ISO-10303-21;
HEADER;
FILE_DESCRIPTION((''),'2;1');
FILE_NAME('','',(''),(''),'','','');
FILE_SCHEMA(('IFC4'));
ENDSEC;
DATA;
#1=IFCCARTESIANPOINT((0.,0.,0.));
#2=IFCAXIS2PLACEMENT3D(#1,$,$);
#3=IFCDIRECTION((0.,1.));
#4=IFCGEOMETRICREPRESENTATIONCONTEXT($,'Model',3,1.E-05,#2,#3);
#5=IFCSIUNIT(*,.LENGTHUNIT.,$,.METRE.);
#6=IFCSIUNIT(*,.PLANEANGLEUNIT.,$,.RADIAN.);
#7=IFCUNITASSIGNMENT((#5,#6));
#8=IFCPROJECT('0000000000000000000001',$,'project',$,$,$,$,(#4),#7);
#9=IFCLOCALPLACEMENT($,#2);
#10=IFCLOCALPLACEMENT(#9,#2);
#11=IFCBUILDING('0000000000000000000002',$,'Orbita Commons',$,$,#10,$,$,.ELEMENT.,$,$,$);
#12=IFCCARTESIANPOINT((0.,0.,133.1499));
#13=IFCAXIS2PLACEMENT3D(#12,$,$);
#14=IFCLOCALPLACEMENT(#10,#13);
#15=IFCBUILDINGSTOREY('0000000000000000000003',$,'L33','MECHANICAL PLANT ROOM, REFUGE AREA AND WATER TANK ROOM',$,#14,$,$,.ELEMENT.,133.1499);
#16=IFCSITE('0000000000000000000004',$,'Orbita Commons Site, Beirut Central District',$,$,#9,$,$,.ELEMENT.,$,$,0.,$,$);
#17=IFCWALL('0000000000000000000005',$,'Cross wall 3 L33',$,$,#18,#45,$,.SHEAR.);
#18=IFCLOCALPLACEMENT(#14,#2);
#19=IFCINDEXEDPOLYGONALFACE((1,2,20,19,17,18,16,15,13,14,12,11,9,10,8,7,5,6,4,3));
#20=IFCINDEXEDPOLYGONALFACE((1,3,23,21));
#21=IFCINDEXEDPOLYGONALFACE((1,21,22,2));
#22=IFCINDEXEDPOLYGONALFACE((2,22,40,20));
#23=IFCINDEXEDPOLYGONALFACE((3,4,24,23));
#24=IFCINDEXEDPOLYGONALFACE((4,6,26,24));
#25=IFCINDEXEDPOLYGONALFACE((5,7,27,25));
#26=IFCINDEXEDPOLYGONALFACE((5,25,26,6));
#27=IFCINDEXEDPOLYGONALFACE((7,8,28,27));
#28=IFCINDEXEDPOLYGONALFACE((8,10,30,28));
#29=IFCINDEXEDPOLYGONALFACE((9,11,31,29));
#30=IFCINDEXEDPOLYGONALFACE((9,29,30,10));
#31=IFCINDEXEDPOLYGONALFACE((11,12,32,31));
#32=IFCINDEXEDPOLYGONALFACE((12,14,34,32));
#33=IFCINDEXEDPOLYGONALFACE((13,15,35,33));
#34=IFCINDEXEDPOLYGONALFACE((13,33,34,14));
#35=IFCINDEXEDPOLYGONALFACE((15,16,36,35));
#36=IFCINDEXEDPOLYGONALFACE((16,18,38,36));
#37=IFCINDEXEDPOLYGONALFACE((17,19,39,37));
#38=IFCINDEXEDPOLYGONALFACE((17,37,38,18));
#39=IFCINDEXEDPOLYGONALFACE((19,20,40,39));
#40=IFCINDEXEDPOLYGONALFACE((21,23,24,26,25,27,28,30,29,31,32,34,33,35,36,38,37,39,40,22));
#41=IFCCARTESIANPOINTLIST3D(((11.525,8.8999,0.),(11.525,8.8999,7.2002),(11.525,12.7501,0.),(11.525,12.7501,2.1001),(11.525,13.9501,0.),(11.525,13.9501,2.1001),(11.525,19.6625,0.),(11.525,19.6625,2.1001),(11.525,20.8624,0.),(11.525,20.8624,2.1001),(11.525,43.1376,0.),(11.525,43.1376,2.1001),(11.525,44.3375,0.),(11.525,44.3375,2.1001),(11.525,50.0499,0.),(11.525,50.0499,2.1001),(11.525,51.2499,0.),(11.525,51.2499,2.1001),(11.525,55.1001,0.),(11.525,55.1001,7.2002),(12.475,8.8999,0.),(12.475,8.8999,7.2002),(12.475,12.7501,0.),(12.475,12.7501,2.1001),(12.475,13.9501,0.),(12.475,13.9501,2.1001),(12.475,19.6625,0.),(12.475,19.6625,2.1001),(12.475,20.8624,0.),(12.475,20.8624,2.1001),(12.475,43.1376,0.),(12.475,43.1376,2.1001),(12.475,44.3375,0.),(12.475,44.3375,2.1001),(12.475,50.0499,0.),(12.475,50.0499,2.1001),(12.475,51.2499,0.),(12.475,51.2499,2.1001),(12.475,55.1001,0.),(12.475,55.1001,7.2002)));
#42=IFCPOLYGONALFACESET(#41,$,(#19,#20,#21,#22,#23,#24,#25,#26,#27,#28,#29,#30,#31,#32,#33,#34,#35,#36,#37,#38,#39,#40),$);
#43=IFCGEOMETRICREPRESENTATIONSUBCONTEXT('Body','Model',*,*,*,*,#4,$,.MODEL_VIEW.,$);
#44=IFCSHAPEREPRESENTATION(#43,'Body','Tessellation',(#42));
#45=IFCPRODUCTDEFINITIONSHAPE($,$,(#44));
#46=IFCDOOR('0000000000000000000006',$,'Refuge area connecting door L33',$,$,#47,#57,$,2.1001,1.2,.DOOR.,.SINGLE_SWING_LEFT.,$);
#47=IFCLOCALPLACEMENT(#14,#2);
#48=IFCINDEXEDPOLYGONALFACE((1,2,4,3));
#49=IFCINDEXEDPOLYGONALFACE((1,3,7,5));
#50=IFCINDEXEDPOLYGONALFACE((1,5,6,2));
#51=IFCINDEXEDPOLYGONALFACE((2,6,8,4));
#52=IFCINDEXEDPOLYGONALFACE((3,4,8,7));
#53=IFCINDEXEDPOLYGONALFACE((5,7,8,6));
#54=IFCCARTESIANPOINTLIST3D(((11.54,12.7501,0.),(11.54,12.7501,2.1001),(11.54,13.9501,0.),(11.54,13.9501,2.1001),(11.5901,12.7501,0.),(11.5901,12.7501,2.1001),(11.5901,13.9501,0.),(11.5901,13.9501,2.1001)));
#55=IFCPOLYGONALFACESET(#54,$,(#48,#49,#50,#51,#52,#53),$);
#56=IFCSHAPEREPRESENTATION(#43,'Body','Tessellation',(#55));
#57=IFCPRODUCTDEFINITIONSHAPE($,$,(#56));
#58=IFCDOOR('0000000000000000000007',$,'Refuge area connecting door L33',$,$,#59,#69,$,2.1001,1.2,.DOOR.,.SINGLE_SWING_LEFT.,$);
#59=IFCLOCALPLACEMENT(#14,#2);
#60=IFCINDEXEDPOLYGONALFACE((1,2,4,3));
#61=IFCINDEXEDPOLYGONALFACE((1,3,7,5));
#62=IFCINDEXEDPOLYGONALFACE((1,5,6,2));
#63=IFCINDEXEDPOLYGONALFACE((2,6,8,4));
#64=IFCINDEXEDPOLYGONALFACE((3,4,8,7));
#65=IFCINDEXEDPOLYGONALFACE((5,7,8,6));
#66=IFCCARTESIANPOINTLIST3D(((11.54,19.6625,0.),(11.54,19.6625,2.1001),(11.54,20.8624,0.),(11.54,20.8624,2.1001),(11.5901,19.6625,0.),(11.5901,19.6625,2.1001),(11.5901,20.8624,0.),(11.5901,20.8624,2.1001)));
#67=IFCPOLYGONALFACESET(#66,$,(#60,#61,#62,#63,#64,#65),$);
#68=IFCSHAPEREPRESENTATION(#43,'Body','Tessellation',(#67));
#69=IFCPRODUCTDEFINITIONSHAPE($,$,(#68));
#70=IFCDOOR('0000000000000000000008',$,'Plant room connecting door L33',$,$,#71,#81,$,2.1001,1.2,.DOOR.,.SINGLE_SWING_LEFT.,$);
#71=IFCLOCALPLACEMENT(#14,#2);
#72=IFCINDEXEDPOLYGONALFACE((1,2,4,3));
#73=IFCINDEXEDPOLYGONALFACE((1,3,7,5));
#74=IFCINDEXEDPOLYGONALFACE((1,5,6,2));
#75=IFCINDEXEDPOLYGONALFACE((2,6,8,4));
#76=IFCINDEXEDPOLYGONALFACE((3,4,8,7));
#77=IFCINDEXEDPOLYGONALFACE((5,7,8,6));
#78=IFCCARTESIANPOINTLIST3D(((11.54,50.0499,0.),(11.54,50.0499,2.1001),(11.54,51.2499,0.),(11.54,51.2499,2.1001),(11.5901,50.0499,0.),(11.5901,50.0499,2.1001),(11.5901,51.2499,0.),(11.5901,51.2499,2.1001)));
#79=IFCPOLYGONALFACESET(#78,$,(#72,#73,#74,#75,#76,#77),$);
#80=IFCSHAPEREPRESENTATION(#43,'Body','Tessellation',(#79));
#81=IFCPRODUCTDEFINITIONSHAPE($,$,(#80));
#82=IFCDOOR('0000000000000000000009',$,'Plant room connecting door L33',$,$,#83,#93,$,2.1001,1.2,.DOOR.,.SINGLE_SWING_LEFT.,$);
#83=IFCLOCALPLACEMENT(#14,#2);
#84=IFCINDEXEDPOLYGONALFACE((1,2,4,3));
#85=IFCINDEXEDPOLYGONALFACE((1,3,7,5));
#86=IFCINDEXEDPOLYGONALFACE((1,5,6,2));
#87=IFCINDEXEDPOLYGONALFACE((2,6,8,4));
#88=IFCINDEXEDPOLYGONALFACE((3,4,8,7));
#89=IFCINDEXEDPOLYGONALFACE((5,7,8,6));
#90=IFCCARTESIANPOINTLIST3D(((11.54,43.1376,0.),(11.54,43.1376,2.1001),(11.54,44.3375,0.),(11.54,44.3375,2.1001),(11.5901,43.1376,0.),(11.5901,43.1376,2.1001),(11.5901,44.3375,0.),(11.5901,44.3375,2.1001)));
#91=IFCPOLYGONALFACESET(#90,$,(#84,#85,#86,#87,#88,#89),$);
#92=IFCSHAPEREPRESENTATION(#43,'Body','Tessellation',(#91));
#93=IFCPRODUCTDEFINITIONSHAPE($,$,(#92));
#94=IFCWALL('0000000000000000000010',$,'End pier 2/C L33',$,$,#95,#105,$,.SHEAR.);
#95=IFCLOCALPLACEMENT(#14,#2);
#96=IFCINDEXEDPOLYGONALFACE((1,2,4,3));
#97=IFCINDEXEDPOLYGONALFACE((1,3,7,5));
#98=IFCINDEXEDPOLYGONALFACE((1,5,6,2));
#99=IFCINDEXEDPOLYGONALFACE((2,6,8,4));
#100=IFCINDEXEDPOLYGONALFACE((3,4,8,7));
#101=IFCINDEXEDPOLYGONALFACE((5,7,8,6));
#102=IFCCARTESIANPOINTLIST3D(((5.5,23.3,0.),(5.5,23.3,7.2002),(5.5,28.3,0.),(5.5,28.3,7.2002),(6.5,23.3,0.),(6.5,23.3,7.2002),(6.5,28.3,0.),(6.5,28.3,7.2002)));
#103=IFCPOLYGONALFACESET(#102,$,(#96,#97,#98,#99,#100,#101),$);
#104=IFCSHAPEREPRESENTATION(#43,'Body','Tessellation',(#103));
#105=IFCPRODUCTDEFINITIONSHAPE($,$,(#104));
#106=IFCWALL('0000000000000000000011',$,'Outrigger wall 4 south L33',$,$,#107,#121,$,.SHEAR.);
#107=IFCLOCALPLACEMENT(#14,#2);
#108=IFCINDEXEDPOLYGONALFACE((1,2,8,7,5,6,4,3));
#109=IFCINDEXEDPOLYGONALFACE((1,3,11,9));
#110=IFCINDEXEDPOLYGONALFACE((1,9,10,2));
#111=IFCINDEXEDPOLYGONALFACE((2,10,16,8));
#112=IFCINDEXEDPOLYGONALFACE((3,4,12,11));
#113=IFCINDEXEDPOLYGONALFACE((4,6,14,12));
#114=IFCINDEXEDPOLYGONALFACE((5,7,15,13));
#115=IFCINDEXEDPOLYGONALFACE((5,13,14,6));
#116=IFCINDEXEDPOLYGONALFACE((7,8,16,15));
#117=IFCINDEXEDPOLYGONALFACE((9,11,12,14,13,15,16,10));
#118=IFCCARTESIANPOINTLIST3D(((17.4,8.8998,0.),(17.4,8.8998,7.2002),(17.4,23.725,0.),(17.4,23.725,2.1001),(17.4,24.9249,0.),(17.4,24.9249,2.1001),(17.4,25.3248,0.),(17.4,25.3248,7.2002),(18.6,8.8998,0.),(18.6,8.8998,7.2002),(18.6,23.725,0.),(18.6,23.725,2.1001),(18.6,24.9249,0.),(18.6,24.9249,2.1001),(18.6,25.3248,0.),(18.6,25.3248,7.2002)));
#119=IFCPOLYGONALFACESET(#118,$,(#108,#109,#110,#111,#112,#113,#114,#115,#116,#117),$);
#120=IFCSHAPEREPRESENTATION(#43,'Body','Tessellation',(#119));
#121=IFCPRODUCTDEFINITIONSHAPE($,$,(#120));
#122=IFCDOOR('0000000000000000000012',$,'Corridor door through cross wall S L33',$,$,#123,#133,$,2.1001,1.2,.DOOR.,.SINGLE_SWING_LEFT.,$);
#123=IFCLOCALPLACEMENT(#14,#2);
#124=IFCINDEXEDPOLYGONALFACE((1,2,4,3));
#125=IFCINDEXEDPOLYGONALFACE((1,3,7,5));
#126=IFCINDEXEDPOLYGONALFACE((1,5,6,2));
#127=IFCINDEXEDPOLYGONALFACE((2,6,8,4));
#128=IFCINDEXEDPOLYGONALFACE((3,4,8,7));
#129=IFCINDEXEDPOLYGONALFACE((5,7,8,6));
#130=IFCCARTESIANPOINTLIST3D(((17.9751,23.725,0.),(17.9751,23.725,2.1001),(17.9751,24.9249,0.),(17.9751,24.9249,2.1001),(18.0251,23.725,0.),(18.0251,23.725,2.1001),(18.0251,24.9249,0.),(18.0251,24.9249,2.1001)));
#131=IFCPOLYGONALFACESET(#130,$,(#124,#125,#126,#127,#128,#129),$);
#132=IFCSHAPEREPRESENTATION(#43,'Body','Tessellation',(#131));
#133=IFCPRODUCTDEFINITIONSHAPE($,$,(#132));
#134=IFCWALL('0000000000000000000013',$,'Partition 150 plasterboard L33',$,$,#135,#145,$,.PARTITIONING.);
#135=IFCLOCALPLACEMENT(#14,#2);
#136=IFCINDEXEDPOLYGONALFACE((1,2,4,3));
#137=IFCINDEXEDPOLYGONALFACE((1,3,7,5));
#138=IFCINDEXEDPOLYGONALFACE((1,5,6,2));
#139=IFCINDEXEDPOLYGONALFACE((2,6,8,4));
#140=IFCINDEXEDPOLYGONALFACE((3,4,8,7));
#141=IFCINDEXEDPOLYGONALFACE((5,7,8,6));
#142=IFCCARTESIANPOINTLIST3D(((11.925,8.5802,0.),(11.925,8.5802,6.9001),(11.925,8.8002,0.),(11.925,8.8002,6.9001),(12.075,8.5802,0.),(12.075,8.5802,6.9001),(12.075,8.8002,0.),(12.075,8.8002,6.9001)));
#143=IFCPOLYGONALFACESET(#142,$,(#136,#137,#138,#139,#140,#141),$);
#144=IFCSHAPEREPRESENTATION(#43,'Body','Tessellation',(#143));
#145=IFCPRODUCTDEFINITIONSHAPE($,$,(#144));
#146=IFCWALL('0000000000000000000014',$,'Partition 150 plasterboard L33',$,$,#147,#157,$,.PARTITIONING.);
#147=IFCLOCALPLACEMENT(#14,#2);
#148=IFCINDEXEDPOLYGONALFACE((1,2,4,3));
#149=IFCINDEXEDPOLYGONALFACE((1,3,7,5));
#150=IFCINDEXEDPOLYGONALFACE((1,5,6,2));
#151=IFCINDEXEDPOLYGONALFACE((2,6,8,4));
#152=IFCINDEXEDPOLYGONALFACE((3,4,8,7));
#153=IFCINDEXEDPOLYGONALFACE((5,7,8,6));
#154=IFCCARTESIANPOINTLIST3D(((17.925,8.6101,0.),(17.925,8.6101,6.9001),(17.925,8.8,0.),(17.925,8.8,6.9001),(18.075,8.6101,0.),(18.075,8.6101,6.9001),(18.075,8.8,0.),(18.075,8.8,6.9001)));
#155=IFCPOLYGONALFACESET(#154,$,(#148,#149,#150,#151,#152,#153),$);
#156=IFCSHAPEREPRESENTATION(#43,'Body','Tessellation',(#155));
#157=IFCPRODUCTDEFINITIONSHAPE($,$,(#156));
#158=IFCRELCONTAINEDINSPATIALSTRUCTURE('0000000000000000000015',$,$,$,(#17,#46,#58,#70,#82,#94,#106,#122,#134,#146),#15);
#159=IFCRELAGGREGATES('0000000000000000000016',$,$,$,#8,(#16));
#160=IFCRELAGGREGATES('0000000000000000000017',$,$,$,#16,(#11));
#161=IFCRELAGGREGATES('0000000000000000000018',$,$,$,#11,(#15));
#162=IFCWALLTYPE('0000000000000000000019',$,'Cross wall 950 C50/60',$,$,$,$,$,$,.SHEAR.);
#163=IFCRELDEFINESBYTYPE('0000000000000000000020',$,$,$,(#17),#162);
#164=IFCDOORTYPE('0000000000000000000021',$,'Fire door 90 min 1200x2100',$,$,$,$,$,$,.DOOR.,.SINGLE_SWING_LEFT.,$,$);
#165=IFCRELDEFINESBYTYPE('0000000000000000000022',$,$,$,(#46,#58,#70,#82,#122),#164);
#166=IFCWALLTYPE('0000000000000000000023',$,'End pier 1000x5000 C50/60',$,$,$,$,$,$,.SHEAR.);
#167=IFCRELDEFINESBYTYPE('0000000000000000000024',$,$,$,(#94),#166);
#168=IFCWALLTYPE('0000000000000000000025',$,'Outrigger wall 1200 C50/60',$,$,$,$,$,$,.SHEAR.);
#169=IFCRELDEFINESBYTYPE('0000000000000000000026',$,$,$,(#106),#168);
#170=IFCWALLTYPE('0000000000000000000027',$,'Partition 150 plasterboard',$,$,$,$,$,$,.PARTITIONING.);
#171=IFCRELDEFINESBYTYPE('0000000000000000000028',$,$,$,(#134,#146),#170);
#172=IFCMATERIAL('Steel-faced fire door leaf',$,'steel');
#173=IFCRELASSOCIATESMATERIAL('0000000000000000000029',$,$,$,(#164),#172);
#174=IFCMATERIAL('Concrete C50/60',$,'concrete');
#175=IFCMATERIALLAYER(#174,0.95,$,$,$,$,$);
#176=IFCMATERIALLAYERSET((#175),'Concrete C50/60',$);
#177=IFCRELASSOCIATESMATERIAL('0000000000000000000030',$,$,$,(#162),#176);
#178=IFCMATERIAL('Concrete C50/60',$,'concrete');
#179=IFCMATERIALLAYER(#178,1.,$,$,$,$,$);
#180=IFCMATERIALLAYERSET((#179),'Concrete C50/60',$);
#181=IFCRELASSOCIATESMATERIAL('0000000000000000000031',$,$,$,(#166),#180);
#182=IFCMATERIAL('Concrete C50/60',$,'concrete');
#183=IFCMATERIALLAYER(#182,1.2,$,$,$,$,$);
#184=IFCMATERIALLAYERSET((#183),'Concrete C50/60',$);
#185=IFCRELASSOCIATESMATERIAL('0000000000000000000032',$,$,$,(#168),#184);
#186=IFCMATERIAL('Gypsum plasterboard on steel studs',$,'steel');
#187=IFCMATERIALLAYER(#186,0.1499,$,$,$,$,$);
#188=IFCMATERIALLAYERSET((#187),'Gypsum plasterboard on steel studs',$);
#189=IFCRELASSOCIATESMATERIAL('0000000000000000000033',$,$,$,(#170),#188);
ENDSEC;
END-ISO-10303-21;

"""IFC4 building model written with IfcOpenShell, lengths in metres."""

from ifc_helpers import new_model, si_unit, direction, frame, frame_2d, origin, place, context, subcontext, project, spatial, rectangle, extrude, material, layer, layer_set, type_object, element, fill, save


model = new_model("IFC4")

# Units and contexts
model_context = context("Model", 3, precision=1e-05, world=origin(), true_north=direction((0.0, 1.0)))
body_context = subcontext(model_context, "Body", "Model", "MODEL_VIEW")
ifc_project = project(units=[si_unit("LENGTHUNIT", "METRE"), si_unit("PLANEANGLEUNIT", "RADIAN")], contexts=[model_context])

# Site, building, storey
site_placement = place(None, origin())
site = spatial("IfcSite", under=ifc_project, at=site_placement, Name="Orbita Commons Site, Beirut Central District", CompositionType="ELEMENT", RefElevation=0.0)
building_placement = place(site_placement, origin())
building = spatial("IfcBuilding", under=site, at=building_placement, Name="Orbita Commons", CompositionType="ELEMENT")
storey_placement = place(building_placement, frame((0.0, 0.0, 133.1499)))
storey = spatial("IfcBuildingStorey", under=building, at=storey_placement, Name="L33", Description="MECHANICAL PLANT ROOM, REFUGE AREA AND WATER TANK ROOM", CompositionType="ELEMENT", Elevation=133.1499)

# Shared definitions
ifc_material_1 = material(Name="Steel-faced fire door leaf", Category="steel")
door_type = type_object("IfcDoorType", Name="Fire door 90 min 1200x2100", OperationType="SINGLE_SWING_LEFT", PredefinedType="DOOR", material=ifc_material_1)

# Wall, openings, doors
ifc_material_2 = material(Name="Concrete C50/60", Category="concrete")
ifc_layer_1 = layer(ifc_material_2, 0.95)
ifc_layer_set_1 = layer_set([ifc_layer_1], Name="Concrete C50/60")
wall_type_1 = type_object("IfcWallType", Name="Cross wall 950 C50/60", PredefinedType="SHEAR", material=ifc_layer_set_1)
wall_1_placement = place(storey_placement, frame((12.0, 8.8999, 0.0), z_axis=(0.0, 0.0, 1.0), x_axis=(0.0, 1.0, 0.0)))
wall_1 = element("IfcWall", 1, at=wall_1_placement, inside=storey, type_object=wall_type_1, Name="Cross wall 3 L33", PredefinedType="SHEAR", context=body_context, shape_type="SweptSolid", body=[
    extrude(rectangle(XDim=46.2002, YDim=0.95, at=frame_2d((23.1001, 0.0))), origin(), (0.0, 0.0, 1.0), 7.2002),
])
opening_1_placement = place(wall_1_placement, frame((3.8501, 0.0, 0.0)))
opening_1 = element("IfcOpeningElement", 2, at=opening_1_placement, cuts=wall_1, PredefinedType="OPENING", context=body_context, shape_type="SweptSolid", body=[
    extrude(rectangle(XDim=1.2, YDim=2.1001, at=frame_2d((0.6001, 1.05))), frame((0.0, 0.4849, 0.0), z_axis=(0.0, -1.0, 0.0), x_axis=(1.0, 0.0, 0.0)), (0.0, 0.0, 1.0), 0.97),
])
opening_2_placement = place(wall_1_placement, frame((10.7625, 0.0, 0.0)))
opening_2 = element("IfcOpeningElement", 3, at=opening_2_placement, cuts=wall_1, PredefinedType="OPENING", context=body_context, shape_type="SweptSolid", body=[
    extrude(rectangle(XDim=1.2, YDim=2.1001, at=frame_2d((0.6001, 1.05))), frame((0.0, 0.4849, 0.0), z_axis=(0.0, -1.0, 0.0), x_axis=(1.0, 0.0, 0.0)), (0.0, 0.0, 1.0), 0.97),
])
opening_3_placement = place(wall_1_placement, frame((41.1499, 0.0, 0.0)))
opening_3 = element("IfcOpeningElement", 4, at=opening_3_placement, cuts=wall_1, PredefinedType="OPENING", context=body_context, shape_type="SweptSolid", body=[
    extrude(rectangle(XDim=1.2, YDim=2.1001, at=frame_2d((0.6001, 1.05))), frame((0.0, 0.4849, 0.0), z_axis=(0.0, -1.0, 0.0), x_axis=(1.0, 0.0, 0.0)), (0.0, 0.0, 1.0), 0.97),
])
opening_4_placement = place(wall_1_placement, frame((34.2375, 0.0, 0.0)))
opening_4 = element("IfcOpeningElement", 5, at=opening_4_placement, cuts=wall_1, PredefinedType="OPENING", context=body_context, shape_type="SweptSolid", body=[
    extrude(rectangle(XDim=1.2, YDim=2.1001, at=frame_2d((0.6001, 1.05))), frame((0.0, 0.4849, 0.0), z_axis=(0.0, -1.0, 0.0), x_axis=(1.0, 0.0, 0.0)), (0.0, 0.0, 1.0), 0.97),
])
door_1_placement = place(opening_1_placement, origin())
door_1 = element("IfcDoor", 6, at=door_1_placement, inside=storey, type_object=door_type, Name="Refuge area connecting door L33", OperationType="SINGLE_SWING_LEFT", OverallHeight=2.1001, OverallWidth=1.2, PredefinedType="DOOR", context=body_context, shape_type="SweptSolid", body=[
    extrude(rectangle(XDim=1.2, YDim=2.1001, at=frame_2d((0.6001, 1.05))), frame((0.0, 0.46, 0.0), z_axis=(0.0, -1.0, 0.0), x_axis=(1.0, 0.0, 0.0)), (0.0, 0.0, 1.0), 0.05),
])
fill(opening_1, door_1)
door_2_placement = place(opening_2_placement, origin())
door_2 = element("IfcDoor", 7, at=door_2_placement, inside=storey, type_object=door_type, Name="Refuge area connecting door L33", OperationType="SINGLE_SWING_LEFT", OverallHeight=2.1001, OverallWidth=1.2, PredefinedType="DOOR", context=body_context, shape_type="SweptSolid", body=[
    extrude(rectangle(XDim=1.2, YDim=2.1001, at=frame_2d((0.6001, 1.05))), frame((0.0, 0.46, 0.0), z_axis=(0.0, -1.0, 0.0), x_axis=(1.0, 0.0, 0.0)), (0.0, 0.0, 1.0), 0.05),
])
fill(opening_2, door_2)
door_3_placement = place(opening_3_placement, origin())
door_3 = element("IfcDoor", 8, at=door_3_placement, inside=storey, type_object=door_type, Name="Plant room connecting door L33", OperationType="SINGLE_SWING_LEFT", OverallHeight=2.1001, OverallWidth=1.2, PredefinedType="DOOR", context=body_context, shape_type="SweptSolid", body=[
    extrude(rectangle(XDim=1.2, YDim=2.1001, at=frame_2d((0.6001, 1.05))), frame((0.0, 0.46, 0.0), z_axis=(0.0, -1.0, 0.0), x_axis=(1.0, 0.0, 0.0)), (0.0, 0.0, 1.0), 0.05),
])
fill(opening_3, door_3)
door_4_placement = place(opening_4_placement, origin())
door_4 = element("IfcDoor", 9, at=door_4_placement, inside=storey, type_object=door_type, Name="Plant room connecting door L33", OperationType="SINGLE_SWING_LEFT", OverallHeight=2.1001, OverallWidth=1.2, PredefinedType="DOOR", context=body_context, shape_type="SweptSolid", body=[
    extrude(rectangle(XDim=1.2, YDim=2.1001, at=frame_2d((0.6001, 1.05))), frame((0.0, 0.46, 0.0), z_axis=(0.0, -1.0, 0.0), x_axis=(1.0, 0.0, 0.0)), (0.0, 0.0, 1.0), 0.05),
])
fill(opening_4, door_4)

# Wall
ifc_material_3 = material(Name="Concrete C50/60", Category="concrete")
ifc_layer_2 = layer(ifc_material_3, 1.0)
ifc_layer_set_2 = layer_set([ifc_layer_2], Name="Concrete C50/60")
wall_type_2 = type_object("IfcWallType", Name="End pier 1000x5000 C50/60", PredefinedType="SHEAR", material=ifc_layer_set_2)
wall_2_placement = place(storey_placement, frame((6.0, 23.3, 0.0), z_axis=(0.0, 0.0, 1.0), x_axis=(0.0, 1.0, 0.0)))
element("IfcWall", 10, at=wall_2_placement, inside=storey, type_object=wall_type_2, Name="End pier 2/C L33", PredefinedType="SHEAR", context=body_context, shape_type="SweptSolid", body=[
    extrude(rectangle(XDim=5.0, YDim=1.0, at=frame_2d((2.5, 0.0))), origin(), (0.0, 0.0, 1.0), 7.2002),
])

# Wall, opening, door
ifc_material_4 = material(Name="Concrete C50/60", Category="concrete")
ifc_layer_3 = layer(ifc_material_4, 1.2)
ifc_layer_set_3 = layer_set([ifc_layer_3], Name="Concrete C50/60")
wall_type_3 = type_object("IfcWallType", Name="Outrigger wall 1200 C50/60", PredefinedType="SHEAR", material=ifc_layer_set_3)
wall_3_placement = place(storey_placement, frame((18.0, 8.8999, 0.0), z_axis=(0.0, 0.0, 1.0), x_axis=(0.0, 1.0, 0.0)))
wall_3 = element("IfcWall", 11, at=wall_3_placement, inside=storey, type_object=wall_type_3, Name="Outrigger wall 4 south L33", PredefinedType="SHEAR", context=body_context, shape_type="SweptSolid", body=[
    extrude(rectangle(XDim=16.425, YDim=1.2, at=frame_2d((8.2124, 0.0))), origin(), (0.0, 0.0, 1.0), 7.2002),
])
opening_5_placement = place(wall_3_placement, frame((14.825, 0.0, 0.0)))
opening_5 = element("IfcOpeningElement", 12, at=opening_5_placement, cuts=wall_3, PredefinedType="OPENING", context=body_context, shape_type="SweptSolid", body=[
    extrude(rectangle(XDim=1.2, YDim=2.1001, at=frame_2d((0.6001, 1.05))), frame((0.0, 0.6099, 0.0), z_axis=(0.0, -1.0, 0.0), x_axis=(1.0, 0.0, 0.0)), (0.0, 0.0, 1.0), 1.22),
])
door_5_placement = place(opening_5_placement, origin())
door_5 = element("IfcDoor", 13, at=door_5_placement, inside=storey, type_object=door_type, Name="Corridor door through cross wall S L33", OperationType="SINGLE_SWING_LEFT", OverallHeight=2.1001, OverallWidth=1.2, PredefinedType="DOOR", context=body_context, shape_type="SweptSolid", body=[
    extrude(rectangle(XDim=1.2, YDim=2.1001, at=frame_2d((0.6001, 1.05))), frame((0.0, 0.0249, 0.0), z_axis=(0.0, -1.0, 0.0), x_axis=(1.0, 0.0, 0.0)), (0.0, 0.0, 1.0), 0.05),
])
fill(opening_5, door_5)

# Walls
ifc_material_5 = material(Name="Gypsum plasterboard on steel studs", Category="steel")
ifc_layer_4 = layer(ifc_material_5, 0.1499)
ifc_layer_set_4 = layer_set([ifc_layer_4], Name="Gypsum plasterboard on steel studs")
wall_type_4 = type_object("IfcWallType", Name="Partition 150 plasterboard", PredefinedType="PARTITIONING", material=ifc_layer_set_4)
wall_4_placement = place(storey_placement, frame((12.0, 8.8, 0.0), z_axis=(0.0, 0.0, 1.0), x_axis=(0.0, -1.0, 0.0)))
element("IfcWall", 14, at=wall_4_placement, inside=storey, type_object=wall_type_4, Name="Partition 150 plasterboard L33", PredefinedType="PARTITIONING", context=body_context, shape_type="SweptSolid", body=[
    extrude(rectangle(XDim=0.22, YDim=0.1499, at=frame_2d((0.1099, 0.0))), origin(), (0.0, 0.0, 1.0), 6.9001),
])
wall_5_placement = place(storey_placement, frame((18.0, 8.8, 0.0), z_axis=(0.0, 0.0, 1.0), x_axis=(0.0, -1.0, 0.0)))
element("IfcWall", 15, at=wall_5_placement, inside=storey, type_object=wall_type_4, Name="Partition 150 plasterboard L33", PredefinedType="PARTITIONING", context=body_context, shape_type="SweptSolid", body=[
    extrude(rectangle(XDim=0.1899, YDim=0.1499, at=frame_2d((0.095, 0.0))), origin(), (0.0, 0.0, 1.0), 6.9001),
])

save(model, "model.ifc")
